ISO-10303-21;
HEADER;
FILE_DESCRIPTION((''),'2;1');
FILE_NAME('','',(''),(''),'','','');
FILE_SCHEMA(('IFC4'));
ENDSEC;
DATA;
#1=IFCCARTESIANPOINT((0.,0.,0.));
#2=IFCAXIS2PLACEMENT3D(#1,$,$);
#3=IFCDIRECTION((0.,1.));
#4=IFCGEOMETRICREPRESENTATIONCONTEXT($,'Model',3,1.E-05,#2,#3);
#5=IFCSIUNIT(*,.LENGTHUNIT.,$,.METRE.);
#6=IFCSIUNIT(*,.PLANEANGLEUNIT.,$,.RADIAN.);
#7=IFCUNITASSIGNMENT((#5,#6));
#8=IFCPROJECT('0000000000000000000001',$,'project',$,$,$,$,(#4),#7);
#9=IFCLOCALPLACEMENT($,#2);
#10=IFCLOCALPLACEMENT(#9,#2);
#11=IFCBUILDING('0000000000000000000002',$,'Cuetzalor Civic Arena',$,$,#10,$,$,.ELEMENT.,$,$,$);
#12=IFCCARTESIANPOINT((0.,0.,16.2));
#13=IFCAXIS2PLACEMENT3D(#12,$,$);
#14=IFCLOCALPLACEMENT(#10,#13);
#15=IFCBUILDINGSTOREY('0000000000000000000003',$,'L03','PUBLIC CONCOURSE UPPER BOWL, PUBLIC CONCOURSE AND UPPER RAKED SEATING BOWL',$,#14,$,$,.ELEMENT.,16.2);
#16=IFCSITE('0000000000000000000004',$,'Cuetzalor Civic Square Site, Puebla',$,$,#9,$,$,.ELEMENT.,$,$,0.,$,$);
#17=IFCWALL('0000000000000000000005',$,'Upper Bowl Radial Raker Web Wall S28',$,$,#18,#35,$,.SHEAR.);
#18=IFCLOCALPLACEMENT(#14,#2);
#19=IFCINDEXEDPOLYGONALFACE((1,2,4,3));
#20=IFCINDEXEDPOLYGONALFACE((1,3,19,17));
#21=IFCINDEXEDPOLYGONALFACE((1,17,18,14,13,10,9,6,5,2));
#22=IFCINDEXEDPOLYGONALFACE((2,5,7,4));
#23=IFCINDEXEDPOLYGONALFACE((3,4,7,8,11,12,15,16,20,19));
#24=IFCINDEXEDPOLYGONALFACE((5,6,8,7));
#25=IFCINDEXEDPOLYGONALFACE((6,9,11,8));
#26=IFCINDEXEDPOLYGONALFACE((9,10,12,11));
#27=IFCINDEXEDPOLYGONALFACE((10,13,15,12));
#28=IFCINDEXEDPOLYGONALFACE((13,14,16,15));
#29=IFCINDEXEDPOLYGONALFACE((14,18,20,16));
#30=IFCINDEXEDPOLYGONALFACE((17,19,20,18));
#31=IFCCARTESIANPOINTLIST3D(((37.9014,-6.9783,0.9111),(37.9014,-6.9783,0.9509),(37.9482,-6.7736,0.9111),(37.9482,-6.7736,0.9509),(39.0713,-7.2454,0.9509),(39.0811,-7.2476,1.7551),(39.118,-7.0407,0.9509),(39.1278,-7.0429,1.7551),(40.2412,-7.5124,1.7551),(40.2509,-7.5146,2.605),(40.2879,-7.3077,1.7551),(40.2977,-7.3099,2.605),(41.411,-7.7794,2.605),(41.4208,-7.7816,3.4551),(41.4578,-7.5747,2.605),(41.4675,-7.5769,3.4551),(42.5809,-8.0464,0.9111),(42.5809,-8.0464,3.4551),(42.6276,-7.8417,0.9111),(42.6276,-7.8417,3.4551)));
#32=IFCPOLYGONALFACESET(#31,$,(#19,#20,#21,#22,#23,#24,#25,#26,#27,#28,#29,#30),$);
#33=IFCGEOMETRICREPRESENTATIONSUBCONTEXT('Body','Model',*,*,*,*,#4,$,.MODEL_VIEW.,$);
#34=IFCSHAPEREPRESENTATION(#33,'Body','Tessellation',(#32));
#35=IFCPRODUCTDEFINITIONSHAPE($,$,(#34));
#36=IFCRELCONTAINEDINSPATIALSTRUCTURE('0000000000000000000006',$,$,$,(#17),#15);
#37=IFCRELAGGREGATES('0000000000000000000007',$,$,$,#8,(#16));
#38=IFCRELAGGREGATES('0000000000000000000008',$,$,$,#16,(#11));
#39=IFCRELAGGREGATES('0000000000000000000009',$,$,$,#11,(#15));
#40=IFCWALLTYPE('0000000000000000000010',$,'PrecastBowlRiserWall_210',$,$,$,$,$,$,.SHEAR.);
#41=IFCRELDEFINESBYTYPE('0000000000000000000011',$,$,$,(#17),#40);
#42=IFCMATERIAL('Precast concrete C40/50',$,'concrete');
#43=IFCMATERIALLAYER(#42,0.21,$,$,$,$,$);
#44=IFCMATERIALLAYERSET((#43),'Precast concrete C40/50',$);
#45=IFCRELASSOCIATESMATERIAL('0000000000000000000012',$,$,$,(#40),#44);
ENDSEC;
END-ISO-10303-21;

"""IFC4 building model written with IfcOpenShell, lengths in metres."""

from ifc_helpers import new_model, si_unit, direction, frame, origin, place, context, subcontext, project, spatial, polyline, outline, extrude, material, layer, layer_set, type_object, element, save


model = new_model("IFC4")

# Units and contexts
model_context = context("Model", 3, precision=1e-05, world=origin(), true_north=direction((0.0, 1.0)))
body_context = subcontext(model_context, "Body", "Model", "MODEL_VIEW")
ifc_project = project(units=[si_unit("LENGTHUNIT", "METRE"), si_unit("PLANEANGLEUNIT", "RADIAN")], contexts=[model_context])

# Site, building, storey
site_placement = place(None, origin())
site = spatial("IfcSite", under=ifc_project, at=site_placement, Name="Cuetzalor Civic Square Site, Puebla", CompositionType="ELEMENT", RefElevation=0.0)
building_placement = place(site_placement, origin())
building = spatial("IfcBuilding", under=site, at=building_placement, Name="Cuetzalor Civic Arena", CompositionType="ELEMENT")
storey_placement = place(building_placement, frame((0.0, 0.0, 16.2)))
storey = spatial("IfcBuildingStorey", under=building, at=storey_placement, Name="L03", Description="PUBLIC CONCOURSE UPPER BOWL, PUBLIC CONCOURSE AND UPPER RAKED SEATING BOWL", CompositionType="ELEMENT", Elevation=16.2)

# Wall
ifc_material_1 = material(Name="Precast concrete C40/50", Category="concrete")
ifc_layer = layer(ifc_material_1, 0.21)
ifc_layer_set = layer_set([ifc_layer], Name="Precast concrete C40/50")
wall_type = type_object("IfcWallType", Name="PrecastBowlRiserWall_210", PredefinedType="SHEAR", material=ifc_layer_set)
wall_1_placement = place(storey_placement, frame((37.9248, -6.876, 0.9111), z_axis=(0.0, 0.0, 1.0), x_axis=(0.974925, -0.222533, 0.0)))
element("IfcWall", 1, at=wall_1_placement, inside=storey, type_object=wall_type, Name="Upper Bowl Radial Raker Web Wall S28", PredefinedType="SHEAR", context=body_context, shape_type="SweptSolid", body=[
    extrude(outline(polyline([(0.0, 0.0), (4.7998, 0.0), (4.7998, 2.5439), (3.6099, 2.5439), (3.5999, 1.6938), (2.4099, 1.6938), (2.3999, 0.844), (1.21, 0.844), (1.2, 0.0398), (0.0, 0.0398), (0.0, 0.0)])), frame((0.0, 0.105, 0.0), z_axis=(0.0, -1.0, 0.0), x_axis=(1.0, 0.0, 0.0)), (0.0, 0.0, 1.0), 0.21),
])

save(model, "model.ifc")
